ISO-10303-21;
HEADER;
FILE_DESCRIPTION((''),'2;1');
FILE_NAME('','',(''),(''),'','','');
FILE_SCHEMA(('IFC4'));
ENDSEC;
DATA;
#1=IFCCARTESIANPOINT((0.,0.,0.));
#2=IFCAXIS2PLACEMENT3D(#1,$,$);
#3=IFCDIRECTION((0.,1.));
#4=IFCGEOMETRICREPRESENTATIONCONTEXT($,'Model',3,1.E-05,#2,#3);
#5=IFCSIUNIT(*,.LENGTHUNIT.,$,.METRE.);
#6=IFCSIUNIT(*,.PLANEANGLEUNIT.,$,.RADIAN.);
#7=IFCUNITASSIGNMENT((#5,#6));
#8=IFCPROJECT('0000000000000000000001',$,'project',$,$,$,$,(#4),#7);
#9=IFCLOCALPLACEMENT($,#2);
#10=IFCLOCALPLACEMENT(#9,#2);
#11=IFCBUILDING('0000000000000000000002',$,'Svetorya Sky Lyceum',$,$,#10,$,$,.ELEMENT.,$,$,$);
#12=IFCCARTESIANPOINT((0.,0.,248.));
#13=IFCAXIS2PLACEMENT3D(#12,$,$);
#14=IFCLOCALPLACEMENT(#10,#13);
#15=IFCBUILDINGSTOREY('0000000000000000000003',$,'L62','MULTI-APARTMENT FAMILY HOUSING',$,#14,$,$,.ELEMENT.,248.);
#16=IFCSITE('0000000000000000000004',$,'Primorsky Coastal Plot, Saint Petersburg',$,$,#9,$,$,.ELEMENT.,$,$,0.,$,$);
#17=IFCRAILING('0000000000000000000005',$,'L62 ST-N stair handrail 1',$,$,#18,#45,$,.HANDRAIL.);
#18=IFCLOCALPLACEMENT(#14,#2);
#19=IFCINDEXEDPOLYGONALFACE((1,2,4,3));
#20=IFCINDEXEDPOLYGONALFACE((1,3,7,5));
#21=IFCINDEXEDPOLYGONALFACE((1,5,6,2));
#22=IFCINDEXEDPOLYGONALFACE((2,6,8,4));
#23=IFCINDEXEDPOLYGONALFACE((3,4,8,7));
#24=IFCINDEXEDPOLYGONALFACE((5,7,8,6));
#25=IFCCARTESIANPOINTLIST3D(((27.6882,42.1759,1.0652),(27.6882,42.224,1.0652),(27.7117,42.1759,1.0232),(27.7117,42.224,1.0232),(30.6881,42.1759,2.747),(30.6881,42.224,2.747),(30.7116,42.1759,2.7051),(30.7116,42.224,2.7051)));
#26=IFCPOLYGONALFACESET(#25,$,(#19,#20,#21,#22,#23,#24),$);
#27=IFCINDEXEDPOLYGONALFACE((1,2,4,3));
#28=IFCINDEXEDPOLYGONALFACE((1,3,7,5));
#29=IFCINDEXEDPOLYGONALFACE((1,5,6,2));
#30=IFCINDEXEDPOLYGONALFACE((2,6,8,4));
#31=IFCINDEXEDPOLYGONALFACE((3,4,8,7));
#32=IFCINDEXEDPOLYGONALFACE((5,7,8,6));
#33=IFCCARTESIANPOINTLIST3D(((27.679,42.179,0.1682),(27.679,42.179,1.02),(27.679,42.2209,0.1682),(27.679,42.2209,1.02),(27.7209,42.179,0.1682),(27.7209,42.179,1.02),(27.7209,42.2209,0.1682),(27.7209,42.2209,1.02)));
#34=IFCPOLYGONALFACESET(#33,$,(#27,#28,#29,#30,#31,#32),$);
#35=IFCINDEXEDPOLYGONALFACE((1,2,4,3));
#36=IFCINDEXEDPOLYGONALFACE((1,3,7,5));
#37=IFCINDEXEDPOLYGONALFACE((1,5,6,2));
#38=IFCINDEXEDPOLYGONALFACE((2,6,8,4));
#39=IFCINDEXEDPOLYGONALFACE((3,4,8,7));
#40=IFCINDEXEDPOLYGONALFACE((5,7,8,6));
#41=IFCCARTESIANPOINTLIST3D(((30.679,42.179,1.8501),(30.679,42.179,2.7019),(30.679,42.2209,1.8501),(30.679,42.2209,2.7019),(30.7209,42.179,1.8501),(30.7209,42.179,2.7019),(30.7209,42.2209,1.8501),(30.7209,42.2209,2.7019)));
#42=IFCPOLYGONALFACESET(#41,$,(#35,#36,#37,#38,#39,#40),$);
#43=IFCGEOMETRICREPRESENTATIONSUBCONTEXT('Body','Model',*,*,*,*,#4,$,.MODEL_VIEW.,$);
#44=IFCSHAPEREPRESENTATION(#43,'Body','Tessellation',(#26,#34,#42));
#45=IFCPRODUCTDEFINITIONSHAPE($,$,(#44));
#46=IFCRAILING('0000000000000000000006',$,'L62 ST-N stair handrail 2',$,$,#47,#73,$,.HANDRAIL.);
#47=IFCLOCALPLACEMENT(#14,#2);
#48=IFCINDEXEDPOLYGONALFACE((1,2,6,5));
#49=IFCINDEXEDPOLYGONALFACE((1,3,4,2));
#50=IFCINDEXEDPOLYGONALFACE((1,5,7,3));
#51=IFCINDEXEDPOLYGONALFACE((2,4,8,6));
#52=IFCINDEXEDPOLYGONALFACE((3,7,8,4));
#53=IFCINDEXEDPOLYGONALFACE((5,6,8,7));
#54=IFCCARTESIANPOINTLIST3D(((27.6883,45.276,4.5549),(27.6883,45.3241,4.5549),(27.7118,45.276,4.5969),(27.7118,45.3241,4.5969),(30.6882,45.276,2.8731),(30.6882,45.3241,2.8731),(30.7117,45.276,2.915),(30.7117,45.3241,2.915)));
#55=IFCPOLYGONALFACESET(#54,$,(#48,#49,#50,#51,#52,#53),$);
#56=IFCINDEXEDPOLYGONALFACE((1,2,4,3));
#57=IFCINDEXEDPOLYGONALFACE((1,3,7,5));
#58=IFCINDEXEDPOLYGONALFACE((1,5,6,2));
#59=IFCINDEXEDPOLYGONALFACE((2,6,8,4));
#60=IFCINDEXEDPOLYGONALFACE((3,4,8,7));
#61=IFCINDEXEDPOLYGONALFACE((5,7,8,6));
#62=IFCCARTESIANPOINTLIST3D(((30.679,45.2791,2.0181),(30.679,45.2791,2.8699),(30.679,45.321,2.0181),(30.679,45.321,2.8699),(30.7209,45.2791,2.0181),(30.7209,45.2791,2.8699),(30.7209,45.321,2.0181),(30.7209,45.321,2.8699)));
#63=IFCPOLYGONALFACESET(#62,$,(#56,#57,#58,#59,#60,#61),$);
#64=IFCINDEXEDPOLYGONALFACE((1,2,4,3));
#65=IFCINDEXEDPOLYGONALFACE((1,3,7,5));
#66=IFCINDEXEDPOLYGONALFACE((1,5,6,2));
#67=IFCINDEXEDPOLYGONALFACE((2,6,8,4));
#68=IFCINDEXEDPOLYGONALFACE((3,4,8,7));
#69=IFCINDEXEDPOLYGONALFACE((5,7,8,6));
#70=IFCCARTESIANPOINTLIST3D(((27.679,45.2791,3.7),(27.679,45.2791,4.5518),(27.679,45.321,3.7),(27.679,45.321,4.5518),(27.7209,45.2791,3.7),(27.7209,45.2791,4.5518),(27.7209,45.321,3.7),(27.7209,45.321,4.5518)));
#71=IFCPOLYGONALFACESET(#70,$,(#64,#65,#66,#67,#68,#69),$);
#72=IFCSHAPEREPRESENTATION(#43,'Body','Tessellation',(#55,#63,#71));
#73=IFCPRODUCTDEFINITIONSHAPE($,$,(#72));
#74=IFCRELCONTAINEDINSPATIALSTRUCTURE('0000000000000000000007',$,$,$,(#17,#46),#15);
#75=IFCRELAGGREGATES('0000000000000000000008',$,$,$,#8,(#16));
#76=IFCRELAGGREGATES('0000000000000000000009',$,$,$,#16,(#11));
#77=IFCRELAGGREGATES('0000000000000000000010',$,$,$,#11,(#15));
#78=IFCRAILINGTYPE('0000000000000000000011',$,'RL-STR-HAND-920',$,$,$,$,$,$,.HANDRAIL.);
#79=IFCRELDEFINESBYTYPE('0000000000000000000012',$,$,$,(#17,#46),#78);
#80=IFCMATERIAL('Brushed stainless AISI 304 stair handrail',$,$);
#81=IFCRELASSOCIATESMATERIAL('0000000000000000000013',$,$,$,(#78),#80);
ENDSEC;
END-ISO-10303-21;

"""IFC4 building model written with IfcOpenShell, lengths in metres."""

from ifc_helpers import new_model, si_unit, direction, frame, origin, origin_2d, place, context, subcontext, project, spatial, rectangle, extrude, material, type_object, element, save


model = new_model("IFC4")

# Units and contexts
model_context = context("Model", 3, precision=1e-05, world=origin(), true_north=direction((0.0, 1.0)))
body_context = subcontext(model_context, "Body", "Model", "MODEL_VIEW")
ifc_project = project(units=[si_unit("LENGTHUNIT", "METRE"), si_unit("PLANEANGLEUNIT", "RADIAN")], contexts=[model_context])

# Site, building, storey
site_placement = place(None, origin())
site = spatial("IfcSite", under=ifc_project, at=site_placement, Name="Primorsky Coastal Plot, Saint Petersburg", CompositionType="ELEMENT", RefElevation=0.0)
building_placement = place(site_placement, origin())
building = spatial("IfcBuilding", under=site, at=building_placement, Name="Svetorya Sky Lyceum", CompositionType="ELEMENT")
storey_placement = place(building_placement, frame((0.0, 0.0, 248.0)))
storey = spatial("IfcBuildingStorey", under=building, at=storey_placement, Name="L62", Description="MULTI-APARTMENT FAMILY HOUSING", CompositionType="ELEMENT", Elevation=248.0)

# Railings
ifc_material_1 = material(Name="Brushed stainless AISI 304 stair handrail")
railing_type_1 = type_object("IfcRailingType", Name="RL-STR-HAND-920", PredefinedType="HANDRAIL", material=ifc_material_1)
railing_1_placement = place(storey_placement, frame((27.7, 42.2, 0.1682)))
element("IfcRailing", 1, at=railing_1_placement, inside=storey, type_object=railing_type_1, Name="L62 ST-N stair handrail 1", PredefinedType="HANDRAIL", context=body_context, shape_type="SweptSolid", body=[
    extrude(rectangle(XDim=0.0481, YDim=0.0481, at=origin_2d()), frame((0.0, 0.0, 0.876), z_axis=(0.872272, 0.0, 0.48902), x_axis=(0.0, 1.0, 0.0)), (0.0, 0.0, 1.0), 3.4392),
    extrude(rectangle(XDim=0.042, YDim=0.042, at=origin_2d()), origin(), (0.0, 0.0, 1.0), 0.8518),
    extrude(rectangle(XDim=0.042, YDim=0.042, at=origin_2d()), frame((3.0, 0.0, 1.6819)), (0.0, 0.0, 1.0), 0.8518),
])
railing_2_placement = place(storey_placement, frame((30.7, 45.3, 2.0181)))
element("IfcRailing", 2, at=railing_2_placement, inside=storey, type_object=railing_type_1, Name="L62 ST-N stair handrail 2", PredefinedType="HANDRAIL", context=body_context, shape_type="SweptSolid", body=[
    extrude(rectangle(XDim=0.0481, YDim=0.0481, at=origin_2d()), frame((0.0, 0.0, 0.876), z_axis=(-0.872272, 0.0, 0.48902), x_axis=(0.0, -1.0, 0.0)), (0.0, 0.0, 1.0), 3.4392),
    extrude(rectangle(XDim=0.042, YDim=0.042, at=origin_2d()), origin(), (0.0, 0.0, 1.0), 0.8518),
    extrude(rectangle(XDim=0.042, YDim=0.042, at=origin_2d()), frame((-3.0, 0.0, 1.6819)), (0.0, 0.0, 1.0), 0.8518),
])

save(model, "model.ifc")
